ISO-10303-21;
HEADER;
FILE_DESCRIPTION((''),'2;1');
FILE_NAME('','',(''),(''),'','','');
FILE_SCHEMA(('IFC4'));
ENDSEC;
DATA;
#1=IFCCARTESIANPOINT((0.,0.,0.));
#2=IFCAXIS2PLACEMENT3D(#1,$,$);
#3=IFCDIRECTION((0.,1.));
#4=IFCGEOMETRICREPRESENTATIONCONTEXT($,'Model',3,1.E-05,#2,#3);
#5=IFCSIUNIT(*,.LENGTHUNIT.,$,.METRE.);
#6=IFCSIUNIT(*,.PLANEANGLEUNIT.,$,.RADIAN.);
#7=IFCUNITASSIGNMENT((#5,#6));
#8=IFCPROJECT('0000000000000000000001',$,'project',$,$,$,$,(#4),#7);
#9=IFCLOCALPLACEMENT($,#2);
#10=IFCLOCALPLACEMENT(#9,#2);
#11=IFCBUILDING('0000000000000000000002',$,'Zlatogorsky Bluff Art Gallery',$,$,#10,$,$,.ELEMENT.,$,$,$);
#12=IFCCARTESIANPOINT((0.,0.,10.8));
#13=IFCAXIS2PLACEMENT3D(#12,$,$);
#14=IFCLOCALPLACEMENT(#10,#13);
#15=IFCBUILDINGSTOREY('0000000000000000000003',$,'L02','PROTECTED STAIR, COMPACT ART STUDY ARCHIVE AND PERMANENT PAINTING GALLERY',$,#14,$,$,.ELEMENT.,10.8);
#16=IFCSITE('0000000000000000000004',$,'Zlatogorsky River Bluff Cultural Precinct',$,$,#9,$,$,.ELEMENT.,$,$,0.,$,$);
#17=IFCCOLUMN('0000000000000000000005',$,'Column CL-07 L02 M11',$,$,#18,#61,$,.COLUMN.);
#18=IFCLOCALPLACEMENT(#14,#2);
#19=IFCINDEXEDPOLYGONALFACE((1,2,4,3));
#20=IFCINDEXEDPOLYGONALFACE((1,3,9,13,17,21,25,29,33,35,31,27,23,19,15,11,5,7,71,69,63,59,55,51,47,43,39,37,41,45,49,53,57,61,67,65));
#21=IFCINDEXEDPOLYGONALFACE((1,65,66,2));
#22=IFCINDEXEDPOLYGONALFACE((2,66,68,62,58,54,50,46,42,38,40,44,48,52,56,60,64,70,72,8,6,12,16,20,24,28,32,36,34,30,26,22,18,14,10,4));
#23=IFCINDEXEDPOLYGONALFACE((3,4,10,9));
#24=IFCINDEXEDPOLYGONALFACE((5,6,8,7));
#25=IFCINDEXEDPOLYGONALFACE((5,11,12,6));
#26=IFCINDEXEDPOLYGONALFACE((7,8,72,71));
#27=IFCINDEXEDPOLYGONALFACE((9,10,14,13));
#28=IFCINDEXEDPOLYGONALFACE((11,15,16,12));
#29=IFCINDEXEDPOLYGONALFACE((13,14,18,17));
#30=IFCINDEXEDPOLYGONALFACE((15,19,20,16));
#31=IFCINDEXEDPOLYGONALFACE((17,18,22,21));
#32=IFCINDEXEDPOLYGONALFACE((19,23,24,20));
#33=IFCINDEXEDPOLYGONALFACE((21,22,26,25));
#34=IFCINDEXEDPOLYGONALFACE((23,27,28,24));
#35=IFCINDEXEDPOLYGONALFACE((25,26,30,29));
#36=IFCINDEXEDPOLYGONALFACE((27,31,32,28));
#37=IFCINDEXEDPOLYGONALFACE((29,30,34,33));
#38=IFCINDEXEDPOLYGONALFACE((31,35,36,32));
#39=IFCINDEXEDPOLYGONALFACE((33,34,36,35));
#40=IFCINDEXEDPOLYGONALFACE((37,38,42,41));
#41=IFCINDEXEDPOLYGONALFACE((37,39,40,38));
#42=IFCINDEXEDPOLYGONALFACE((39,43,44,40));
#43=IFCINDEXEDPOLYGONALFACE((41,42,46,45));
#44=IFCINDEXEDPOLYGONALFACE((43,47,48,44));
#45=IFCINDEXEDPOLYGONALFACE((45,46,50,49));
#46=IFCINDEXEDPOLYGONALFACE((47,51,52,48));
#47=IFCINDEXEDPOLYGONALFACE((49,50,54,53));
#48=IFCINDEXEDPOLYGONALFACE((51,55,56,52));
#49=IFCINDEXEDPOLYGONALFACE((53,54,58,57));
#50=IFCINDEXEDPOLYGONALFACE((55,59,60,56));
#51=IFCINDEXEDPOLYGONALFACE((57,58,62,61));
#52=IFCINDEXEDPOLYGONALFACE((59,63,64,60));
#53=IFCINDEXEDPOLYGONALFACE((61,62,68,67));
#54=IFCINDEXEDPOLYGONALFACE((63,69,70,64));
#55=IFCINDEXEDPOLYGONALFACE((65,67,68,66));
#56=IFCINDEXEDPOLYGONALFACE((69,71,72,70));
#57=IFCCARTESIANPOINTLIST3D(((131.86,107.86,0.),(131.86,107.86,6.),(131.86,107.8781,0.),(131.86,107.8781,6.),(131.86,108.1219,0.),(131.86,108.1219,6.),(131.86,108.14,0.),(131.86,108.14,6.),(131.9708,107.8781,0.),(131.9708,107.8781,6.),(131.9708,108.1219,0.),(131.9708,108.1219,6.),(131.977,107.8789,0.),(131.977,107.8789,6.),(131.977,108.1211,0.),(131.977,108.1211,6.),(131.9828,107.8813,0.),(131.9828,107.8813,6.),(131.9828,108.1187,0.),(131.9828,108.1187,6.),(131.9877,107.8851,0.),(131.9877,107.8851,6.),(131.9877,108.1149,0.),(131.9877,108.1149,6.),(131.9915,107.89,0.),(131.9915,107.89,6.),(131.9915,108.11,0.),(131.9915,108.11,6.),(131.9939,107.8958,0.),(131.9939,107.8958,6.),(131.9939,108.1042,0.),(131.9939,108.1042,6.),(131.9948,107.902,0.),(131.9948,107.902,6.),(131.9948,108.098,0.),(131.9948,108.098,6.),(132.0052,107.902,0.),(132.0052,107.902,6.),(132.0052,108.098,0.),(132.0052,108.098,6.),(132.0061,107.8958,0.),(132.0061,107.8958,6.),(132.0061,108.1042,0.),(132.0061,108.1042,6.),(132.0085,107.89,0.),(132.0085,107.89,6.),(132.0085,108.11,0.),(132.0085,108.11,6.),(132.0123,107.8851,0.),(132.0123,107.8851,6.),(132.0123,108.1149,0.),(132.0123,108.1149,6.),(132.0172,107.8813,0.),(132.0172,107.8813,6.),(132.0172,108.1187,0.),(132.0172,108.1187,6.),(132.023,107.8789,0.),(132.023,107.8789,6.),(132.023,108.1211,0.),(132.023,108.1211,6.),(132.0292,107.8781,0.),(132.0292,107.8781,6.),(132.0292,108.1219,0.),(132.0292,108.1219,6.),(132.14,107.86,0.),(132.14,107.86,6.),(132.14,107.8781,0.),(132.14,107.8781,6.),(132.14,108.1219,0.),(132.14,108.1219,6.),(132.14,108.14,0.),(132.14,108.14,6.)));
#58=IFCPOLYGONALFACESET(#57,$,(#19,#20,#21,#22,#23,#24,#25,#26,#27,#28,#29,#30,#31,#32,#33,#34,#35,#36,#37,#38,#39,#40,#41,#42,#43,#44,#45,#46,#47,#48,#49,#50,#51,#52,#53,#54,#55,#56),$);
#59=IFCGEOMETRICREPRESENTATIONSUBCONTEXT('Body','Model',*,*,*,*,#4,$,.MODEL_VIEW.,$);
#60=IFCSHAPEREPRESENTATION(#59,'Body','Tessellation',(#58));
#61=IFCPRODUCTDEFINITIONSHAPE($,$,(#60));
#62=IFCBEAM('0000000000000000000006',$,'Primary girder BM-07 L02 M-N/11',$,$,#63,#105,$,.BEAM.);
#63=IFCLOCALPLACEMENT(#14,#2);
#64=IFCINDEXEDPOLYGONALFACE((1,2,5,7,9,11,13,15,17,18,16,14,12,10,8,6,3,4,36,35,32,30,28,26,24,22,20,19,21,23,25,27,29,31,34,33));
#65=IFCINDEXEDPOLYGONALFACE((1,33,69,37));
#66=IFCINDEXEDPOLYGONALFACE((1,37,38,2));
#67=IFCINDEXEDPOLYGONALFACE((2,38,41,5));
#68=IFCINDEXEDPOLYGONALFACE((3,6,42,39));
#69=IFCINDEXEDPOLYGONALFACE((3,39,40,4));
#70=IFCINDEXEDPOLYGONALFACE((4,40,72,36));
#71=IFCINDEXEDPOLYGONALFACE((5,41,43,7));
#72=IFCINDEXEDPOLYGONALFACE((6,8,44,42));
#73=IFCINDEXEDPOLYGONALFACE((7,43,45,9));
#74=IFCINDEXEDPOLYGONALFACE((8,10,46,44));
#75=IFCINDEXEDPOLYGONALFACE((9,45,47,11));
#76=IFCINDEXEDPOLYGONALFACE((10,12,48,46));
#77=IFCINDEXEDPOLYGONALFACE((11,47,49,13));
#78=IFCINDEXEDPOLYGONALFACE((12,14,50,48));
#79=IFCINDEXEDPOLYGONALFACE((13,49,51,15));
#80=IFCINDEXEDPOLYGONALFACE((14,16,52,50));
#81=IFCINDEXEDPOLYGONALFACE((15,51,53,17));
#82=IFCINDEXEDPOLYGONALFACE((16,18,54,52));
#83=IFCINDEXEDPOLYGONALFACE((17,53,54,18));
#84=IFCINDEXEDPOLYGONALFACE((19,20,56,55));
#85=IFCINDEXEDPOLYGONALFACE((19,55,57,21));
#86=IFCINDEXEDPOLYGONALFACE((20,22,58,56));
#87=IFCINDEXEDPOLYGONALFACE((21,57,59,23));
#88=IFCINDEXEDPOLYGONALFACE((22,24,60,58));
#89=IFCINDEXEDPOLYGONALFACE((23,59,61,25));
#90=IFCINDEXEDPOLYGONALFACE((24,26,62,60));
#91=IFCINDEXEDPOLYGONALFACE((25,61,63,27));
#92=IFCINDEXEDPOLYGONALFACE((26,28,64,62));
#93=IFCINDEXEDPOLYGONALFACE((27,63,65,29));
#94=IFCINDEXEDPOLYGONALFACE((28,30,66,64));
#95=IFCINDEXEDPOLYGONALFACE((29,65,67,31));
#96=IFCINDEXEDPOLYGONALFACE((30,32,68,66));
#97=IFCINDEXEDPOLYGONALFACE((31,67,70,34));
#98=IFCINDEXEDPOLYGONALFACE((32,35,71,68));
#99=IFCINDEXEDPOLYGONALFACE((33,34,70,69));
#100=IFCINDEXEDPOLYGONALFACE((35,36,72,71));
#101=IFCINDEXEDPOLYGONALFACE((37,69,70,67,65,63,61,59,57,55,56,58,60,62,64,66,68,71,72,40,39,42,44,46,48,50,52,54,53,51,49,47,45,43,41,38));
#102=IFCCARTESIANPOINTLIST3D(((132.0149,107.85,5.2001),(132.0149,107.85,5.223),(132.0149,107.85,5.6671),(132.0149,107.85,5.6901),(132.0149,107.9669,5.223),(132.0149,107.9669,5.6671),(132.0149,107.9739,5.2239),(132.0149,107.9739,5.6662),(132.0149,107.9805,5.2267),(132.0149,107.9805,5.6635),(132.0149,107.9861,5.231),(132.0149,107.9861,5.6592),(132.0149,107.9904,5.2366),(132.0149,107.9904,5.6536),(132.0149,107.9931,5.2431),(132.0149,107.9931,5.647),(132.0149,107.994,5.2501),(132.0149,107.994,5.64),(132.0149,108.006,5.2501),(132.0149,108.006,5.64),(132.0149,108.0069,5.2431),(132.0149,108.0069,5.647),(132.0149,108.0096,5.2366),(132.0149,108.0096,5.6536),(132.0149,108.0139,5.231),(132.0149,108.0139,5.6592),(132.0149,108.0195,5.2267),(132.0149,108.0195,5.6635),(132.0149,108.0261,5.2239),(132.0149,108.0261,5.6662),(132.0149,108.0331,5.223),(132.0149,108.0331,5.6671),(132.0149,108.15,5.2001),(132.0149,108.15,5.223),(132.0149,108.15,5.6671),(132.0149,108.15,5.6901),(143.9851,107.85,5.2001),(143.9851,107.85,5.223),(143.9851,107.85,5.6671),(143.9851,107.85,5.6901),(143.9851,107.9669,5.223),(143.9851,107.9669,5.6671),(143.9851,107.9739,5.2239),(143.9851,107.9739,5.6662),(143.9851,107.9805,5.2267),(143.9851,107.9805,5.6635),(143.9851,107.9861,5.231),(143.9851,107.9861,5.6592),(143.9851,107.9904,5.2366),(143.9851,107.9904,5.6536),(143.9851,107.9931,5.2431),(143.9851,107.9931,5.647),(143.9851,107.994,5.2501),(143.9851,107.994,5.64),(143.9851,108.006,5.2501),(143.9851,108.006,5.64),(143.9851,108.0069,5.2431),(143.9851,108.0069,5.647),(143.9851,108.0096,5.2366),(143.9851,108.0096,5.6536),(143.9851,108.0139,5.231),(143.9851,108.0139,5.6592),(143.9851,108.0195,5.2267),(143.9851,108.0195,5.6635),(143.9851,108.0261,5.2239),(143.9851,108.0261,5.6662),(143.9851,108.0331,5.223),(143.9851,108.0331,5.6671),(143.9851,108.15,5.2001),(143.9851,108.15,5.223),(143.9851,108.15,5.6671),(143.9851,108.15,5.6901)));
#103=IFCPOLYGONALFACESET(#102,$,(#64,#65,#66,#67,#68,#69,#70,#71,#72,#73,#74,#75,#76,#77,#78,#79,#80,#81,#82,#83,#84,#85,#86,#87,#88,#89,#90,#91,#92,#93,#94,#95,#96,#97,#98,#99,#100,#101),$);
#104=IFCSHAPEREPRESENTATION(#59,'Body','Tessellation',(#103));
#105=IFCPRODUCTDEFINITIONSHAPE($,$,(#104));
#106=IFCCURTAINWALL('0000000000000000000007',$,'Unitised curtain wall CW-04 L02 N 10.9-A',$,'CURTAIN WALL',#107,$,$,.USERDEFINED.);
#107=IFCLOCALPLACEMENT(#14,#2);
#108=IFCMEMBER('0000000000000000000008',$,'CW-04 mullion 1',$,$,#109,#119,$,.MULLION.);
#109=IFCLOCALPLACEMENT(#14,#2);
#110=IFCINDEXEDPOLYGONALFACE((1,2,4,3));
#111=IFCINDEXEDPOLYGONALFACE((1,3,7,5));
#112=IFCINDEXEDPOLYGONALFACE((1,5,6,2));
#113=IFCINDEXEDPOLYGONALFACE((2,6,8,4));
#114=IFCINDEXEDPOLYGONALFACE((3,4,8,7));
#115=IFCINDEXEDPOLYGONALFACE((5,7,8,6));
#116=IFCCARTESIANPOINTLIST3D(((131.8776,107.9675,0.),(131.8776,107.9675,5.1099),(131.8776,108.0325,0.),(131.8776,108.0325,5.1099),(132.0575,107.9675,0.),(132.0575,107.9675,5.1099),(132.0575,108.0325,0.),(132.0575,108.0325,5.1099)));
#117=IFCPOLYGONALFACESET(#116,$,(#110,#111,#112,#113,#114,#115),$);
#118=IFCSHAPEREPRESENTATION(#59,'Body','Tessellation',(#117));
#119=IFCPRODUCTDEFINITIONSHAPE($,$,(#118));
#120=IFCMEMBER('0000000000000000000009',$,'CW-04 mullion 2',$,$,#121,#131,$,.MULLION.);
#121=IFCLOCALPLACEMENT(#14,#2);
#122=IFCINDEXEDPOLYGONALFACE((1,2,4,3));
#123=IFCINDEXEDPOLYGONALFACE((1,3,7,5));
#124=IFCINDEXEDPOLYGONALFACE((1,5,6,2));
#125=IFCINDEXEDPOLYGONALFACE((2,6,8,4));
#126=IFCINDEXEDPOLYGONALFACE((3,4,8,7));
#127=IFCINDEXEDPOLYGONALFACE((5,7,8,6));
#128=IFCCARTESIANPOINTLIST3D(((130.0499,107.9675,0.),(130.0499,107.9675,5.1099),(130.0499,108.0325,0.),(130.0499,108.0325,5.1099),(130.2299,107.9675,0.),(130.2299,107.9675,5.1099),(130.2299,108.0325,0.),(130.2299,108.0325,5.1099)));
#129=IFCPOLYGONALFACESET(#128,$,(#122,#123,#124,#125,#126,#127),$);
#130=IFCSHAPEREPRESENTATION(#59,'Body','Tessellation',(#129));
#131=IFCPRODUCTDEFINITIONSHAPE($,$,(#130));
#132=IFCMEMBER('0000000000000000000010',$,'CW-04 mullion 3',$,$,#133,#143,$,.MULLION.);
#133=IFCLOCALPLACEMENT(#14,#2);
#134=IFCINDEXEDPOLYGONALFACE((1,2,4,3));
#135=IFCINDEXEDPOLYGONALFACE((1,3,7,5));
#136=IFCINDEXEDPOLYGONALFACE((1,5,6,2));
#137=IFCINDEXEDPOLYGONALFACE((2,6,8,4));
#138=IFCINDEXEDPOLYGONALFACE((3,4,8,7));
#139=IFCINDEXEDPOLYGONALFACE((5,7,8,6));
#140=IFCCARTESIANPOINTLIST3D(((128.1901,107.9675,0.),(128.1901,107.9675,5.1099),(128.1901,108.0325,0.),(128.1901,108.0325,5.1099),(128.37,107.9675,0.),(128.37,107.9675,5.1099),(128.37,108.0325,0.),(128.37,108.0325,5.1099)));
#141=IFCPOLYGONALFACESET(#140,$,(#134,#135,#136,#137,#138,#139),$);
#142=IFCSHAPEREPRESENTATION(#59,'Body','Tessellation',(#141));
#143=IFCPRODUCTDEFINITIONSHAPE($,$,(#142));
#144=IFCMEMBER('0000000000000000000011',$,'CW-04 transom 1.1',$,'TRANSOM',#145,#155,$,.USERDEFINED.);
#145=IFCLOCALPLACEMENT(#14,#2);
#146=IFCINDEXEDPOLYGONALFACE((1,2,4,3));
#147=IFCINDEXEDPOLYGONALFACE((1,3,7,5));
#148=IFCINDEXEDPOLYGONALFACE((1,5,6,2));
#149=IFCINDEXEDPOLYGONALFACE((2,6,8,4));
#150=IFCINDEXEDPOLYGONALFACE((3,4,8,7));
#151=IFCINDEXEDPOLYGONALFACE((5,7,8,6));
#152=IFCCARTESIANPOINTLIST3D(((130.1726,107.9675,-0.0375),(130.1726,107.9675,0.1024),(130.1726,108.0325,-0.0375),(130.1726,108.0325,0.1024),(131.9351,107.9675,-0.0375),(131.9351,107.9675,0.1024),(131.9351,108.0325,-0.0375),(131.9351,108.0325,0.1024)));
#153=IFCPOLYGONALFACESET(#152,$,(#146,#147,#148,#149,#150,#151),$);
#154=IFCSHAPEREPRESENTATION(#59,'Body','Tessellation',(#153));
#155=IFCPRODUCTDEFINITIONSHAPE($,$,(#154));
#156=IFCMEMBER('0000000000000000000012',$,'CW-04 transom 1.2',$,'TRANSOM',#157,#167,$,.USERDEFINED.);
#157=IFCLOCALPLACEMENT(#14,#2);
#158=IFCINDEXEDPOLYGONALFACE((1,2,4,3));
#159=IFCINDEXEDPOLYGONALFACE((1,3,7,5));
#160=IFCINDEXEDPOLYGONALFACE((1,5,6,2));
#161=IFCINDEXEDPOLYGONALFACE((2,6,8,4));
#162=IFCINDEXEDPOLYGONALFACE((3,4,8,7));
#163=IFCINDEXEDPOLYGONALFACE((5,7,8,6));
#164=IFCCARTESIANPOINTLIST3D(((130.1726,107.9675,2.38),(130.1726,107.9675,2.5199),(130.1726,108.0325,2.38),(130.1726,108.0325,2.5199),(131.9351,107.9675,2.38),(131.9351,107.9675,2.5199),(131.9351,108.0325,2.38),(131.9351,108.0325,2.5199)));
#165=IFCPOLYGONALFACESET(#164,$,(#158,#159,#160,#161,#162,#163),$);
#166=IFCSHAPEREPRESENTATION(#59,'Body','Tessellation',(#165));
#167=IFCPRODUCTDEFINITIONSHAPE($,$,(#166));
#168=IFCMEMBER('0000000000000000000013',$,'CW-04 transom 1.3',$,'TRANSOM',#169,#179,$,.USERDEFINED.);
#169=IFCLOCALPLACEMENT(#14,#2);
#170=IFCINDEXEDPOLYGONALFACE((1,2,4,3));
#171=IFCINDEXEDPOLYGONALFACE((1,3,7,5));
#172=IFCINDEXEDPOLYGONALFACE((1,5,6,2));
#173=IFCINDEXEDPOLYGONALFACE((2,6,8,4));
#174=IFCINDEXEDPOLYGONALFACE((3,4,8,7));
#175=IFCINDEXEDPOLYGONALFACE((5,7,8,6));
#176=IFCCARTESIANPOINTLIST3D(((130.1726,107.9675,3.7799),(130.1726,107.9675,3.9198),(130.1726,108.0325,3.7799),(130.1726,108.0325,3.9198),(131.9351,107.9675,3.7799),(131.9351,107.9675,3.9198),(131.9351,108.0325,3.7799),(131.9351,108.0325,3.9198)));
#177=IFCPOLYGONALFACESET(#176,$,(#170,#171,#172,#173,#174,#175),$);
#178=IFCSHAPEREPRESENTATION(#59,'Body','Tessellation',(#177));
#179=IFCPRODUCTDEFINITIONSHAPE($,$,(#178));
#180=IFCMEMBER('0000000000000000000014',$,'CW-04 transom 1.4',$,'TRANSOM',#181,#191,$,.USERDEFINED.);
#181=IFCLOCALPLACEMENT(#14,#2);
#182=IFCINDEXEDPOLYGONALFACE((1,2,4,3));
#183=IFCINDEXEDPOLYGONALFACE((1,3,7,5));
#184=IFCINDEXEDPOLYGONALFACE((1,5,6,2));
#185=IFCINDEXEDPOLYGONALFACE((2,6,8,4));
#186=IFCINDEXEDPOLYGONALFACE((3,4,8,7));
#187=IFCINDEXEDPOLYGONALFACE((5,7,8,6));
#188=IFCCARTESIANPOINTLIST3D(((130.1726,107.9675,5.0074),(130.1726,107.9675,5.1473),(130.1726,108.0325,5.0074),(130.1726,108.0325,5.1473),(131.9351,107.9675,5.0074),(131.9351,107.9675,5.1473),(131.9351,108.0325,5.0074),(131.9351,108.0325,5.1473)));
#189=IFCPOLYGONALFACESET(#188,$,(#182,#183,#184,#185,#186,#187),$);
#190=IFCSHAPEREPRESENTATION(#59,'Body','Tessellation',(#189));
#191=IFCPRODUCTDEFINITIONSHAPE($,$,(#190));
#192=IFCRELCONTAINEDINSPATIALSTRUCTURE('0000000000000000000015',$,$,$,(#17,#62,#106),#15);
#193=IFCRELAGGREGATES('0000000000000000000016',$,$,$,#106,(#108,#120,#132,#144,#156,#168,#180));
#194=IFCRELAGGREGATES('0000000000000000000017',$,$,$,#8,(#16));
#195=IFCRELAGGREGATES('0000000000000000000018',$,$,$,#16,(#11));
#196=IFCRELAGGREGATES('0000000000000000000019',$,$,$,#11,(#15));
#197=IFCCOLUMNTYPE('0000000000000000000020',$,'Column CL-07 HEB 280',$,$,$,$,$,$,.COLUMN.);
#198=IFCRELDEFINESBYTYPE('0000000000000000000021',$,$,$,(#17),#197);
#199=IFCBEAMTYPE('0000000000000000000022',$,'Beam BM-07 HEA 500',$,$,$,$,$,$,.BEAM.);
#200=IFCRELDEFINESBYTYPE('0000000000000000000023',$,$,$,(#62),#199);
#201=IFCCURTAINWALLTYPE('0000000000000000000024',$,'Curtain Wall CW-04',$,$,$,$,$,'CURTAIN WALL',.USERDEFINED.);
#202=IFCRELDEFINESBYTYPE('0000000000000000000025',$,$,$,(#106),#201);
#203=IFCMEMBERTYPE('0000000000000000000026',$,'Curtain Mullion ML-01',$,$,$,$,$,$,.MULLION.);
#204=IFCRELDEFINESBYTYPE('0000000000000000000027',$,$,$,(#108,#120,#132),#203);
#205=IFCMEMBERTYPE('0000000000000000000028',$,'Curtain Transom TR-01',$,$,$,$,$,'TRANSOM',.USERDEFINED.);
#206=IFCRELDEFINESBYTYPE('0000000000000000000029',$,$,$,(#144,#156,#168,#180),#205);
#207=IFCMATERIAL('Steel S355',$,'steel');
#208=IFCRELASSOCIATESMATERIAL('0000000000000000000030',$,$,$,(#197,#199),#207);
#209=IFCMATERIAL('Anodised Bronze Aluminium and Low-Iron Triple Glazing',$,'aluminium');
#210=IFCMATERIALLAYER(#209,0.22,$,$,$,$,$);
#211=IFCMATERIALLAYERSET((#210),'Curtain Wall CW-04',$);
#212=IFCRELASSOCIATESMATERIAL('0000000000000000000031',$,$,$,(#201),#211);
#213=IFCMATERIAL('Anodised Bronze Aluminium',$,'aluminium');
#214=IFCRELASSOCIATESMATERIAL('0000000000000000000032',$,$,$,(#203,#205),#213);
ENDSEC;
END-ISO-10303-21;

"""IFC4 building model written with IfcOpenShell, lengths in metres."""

from ifc_helpers import new_model, si_unit, direction, frame, origin, origin_2d, place, context, subcontext, project, spatial, rectangle, i_section, extrude, material, layer, layer_set, material_profile, profile_set, type_object, element, aggregate, save


model = new_model("IFC4")

# Units and contexts
model_context = context("Model", 3, precision=1e-05, world=origin(), true_north=direction((0.0, 1.0)))
body_context = subcontext(model_context, "Body", "Model", "MODEL_VIEW")
ifc_project = project(units=[si_unit("LENGTHUNIT", "METRE"), si_unit("PLANEANGLEUNIT", "RADIAN")], contexts=[model_context])

# Site, building, storey
site_placement = place(None, origin())
site = spatial("IfcSite", under=ifc_project, at=site_placement, Name="Zlatogorsky River Bluff Cultural Precinct", CompositionType="ELEMENT", RefElevation=0.0)
building_placement = place(site_placement, origin())
building = spatial("IfcBuilding", under=site, at=building_placement, Name="Zlatogorsky Bluff Art Gallery", CompositionType="ELEMENT")
storey_placement = place(building_placement, frame((0.0, 0.0, 10.8)))
storey = spatial("IfcBuildingStorey", under=building, at=storey_placement, Name="L02", Description="PROTECTED STAIR, COMPACT ART STUDY ARCHIVE AND PERMANENT PAINTING GALLERY", CompositionType="ELEMENT", Elevation=10.8)

# Column
ifc_material_1 = material(Name="Steel S355", Category="steel")
ifc_material_profile_1 = material_profile(ifc_material_1, i_section(OverallWidth=0.28, OverallDepth=0.28, WebThickness=0.0105, FlangeThickness=0.0181, FilletRadius=0.0239, at=origin_2d()), Name="HEB 280")
ifc_profile_set_1 = profile_set([ifc_material_profile_1], Name="Steel S355")
column_type = type_object("IfcColumnType", Name="Column CL-07 HEB 280", PredefinedType="COLUMN", material=ifc_profile_set_1)
column_placement = place(storey_placement, frame((132.0, 108.0, 0.0), z_axis=(0.0, 0.0, 1.0), x_axis=(1.0, 0.0, 0.0)))
element("IfcColumn", 1, at=column_placement, inside=storey, type_object=column_type, Name="Column CL-07 L02 M11", PredefinedType="COLUMN", context=body_context, shape_type="SweptSolid", body=[
    extrude(i_section(OverallWidth=0.28, OverallDepth=0.28, WebThickness=0.0105, FlangeThickness=0.0181, FilletRadius=0.0239, at=origin_2d()), origin(), (0.0, 0.0, 1.0), 6.0),
])

# Beam
ifc_material_profile_2 = material_profile(ifc_material_1, i_section(OverallWidth=0.3, OverallDepth=0.49, WebThickness=0.012, FlangeThickness=0.0229, FilletRadius=0.0271, at=origin_2d()), Name="HEA 500")
ifc_profile_set_2 = profile_set([ifc_material_profile_2], Name="Steel S355")
beam_type = type_object("IfcBeamType", Name="Beam BM-07 HEA 500", PredefinedType="BEAM", material=ifc_profile_set_2)
beam_placement = place(storey_placement, frame((132.0149, 108.0, 5.4451), z_axis=(1.0, 0.0, 0.0), x_axis=(0.0, 1.0, 0.0)))
element("IfcBeam", 2, at=beam_placement, inside=storey, type_object=beam_type, Name="Primary girder BM-07 L02 M-N/11", PredefinedType="BEAM", context=body_context, shape_type="SweptSolid", body=[
    extrude(i_section(OverallWidth=0.3, OverallDepth=0.49, WebThickness=0.012, FlangeThickness=0.0229, FilletRadius=0.0271, at=origin_2d()), origin(), (0.0, 0.0, 1.0), 11.9702),
])

# Curtain wall, members
ifc_material_2 = material(Name="Anodised Bronze Aluminium and Low-Iron Triple Glazing", Category="aluminium")
ifc_layer_1 = layer(ifc_material_2, 0.22)
ifc_layer_set_1 = layer_set([ifc_layer_1], Name="Curtain Wall CW-04")
curtain_wall_type = type_object("IfcCurtainWallType", Name="Curtain Wall CW-04", ElementType="CURTAIN WALL", PredefinedType="USERDEFINED", material=ifc_layer_set_1)
curtain_wall_placement = place(storey_placement, origin())
curtain_wall = element("IfcCurtainWall", 3, at=curtain_wall_placement, inside=storey, type_object=curtain_wall_type, Name="Unitised curtain wall CW-04 L02 N 10.9-A", ObjectType="CURTAIN WALL", PredefinedType="USERDEFINED")
ifc_material_3 = material(Name="Anodised Bronze Aluminium", Category="aluminium")
ifc_material_profile_3 = material_profile(ifc_material_3, rectangle(XDim=0.0649, YDim=0.1799, at=origin_2d()), Name="ALU MULLION 65x180")
ifc_profile_set_3 = profile_set([ifc_material_profile_3], Name="Anodised Bronze Aluminium")
member_type_1 = type_object("IfcMemberType", Name="Curtain Mullion ML-01", PredefinedType="MULLION", material=ifc_profile_set_3)
member_1_placement = place(storey_placement, frame((131.9675, 108.0, 0.0), z_axis=(0.0, 0.0, 1.0), x_axis=(0.0, -1.0, 0.0)))
member_1 = element("IfcMember", 4, at=member_1_placement, type_object=member_type_1, Name="CW-04 mullion 1", PredefinedType="MULLION", context=body_context, shape_type="SweptSolid", body=[
    extrude(rectangle(XDim=0.0649, YDim=0.1799, at=origin_2d()), origin(), (0.0, 0.0, 1.0), 5.1099),
])
member_2_placement = place(storey_placement, frame((130.1399, 108.0, 0.0), z_axis=(0.0, 0.0, 1.0), x_axis=(0.0, -1.0, 0.0)))
member_2 = element("IfcMember", 5, at=member_2_placement, type_object=member_type_1, Name="CW-04 mullion 2", PredefinedType="MULLION", context=body_context, shape_type="SweptSolid", body=[
    extrude(rectangle(XDim=0.0649, YDim=0.1799, at=origin_2d()), origin(), (0.0, 0.0, 1.0), 5.1099),
])
member_3_placement = place(storey_placement, frame((128.28, 108.0, 0.0), z_axis=(0.0, 0.0, 1.0), x_axis=(0.0, -1.0, 0.0)))
member_3 = element("IfcMember", 6, at=member_3_placement, type_object=member_type_1, Name="CW-04 mullion 3", PredefinedType="MULLION", context=body_context, shape_type="SweptSolid", body=[
    extrude(rectangle(XDim=0.0649, YDim=0.1799, at=origin_2d()), origin(), (0.0, 0.0, 1.0), 5.1099),
])
ifc_material_profile_4 = material_profile(ifc_material_3, rectangle(XDim=0.0649, YDim=0.1399, at=origin_2d()), Name="ALU TRANSOM 65x140")
ifc_profile_set_4 = profile_set([ifc_material_profile_4], Name="Anodised Bronze Aluminium")
member_type_2 = type_object("IfcMemberType", Name="Curtain Transom TR-01", ElementType="TRANSOM", PredefinedType="USERDEFINED", material=ifc_profile_set_4)
member_4_placement = place(storey_placement, frame((131.9351, 108.0, 0.0325), z_axis=(-1.0, 0.0, 0.0), x_axis=(0.0, -1.0, 0.0)))
member_4 = element("IfcMember", 7, at=member_4_placement, type_object=member_type_2, Name="CW-04 transom 1.1", ObjectType="TRANSOM", PredefinedType="USERDEFINED", context=body_context, shape_type="SweptSolid", body=[
    extrude(rectangle(XDim=0.0649, YDim=0.1399, at=origin_2d()), origin(), (0.0, 0.0, 1.0), 1.7625),
])
member_5_placement = place(storey_placement, frame((131.9351, 108.0, 2.45), z_axis=(-1.0, 0.0, 0.0), x_axis=(0.0, -1.0, 0.0)))
member_5 = element("IfcMember", 8, at=member_5_placement, type_object=member_type_2, Name="CW-04 transom 1.2", ObjectType="TRANSOM", PredefinedType="USERDEFINED", context=body_context, shape_type="SweptSolid", body=[
    extrude(rectangle(XDim=0.0649, YDim=0.1399, at=origin_2d()), origin(), (0.0, 0.0, 1.0), 1.7625),
])
member_6_placement = place(storey_placement, frame((131.9351, 108.0, 3.8499), z_axis=(-1.0, 0.0, 0.0), x_axis=(0.0, -1.0, 0.0)))
member_6 = element("IfcMember", 9, at=member_6_placement, type_object=member_type_2, Name="CW-04 transom 1.3", ObjectType="TRANSOM", PredefinedType="USERDEFINED", context=body_context, shape_type="SweptSolid", body=[
    extrude(rectangle(XDim=0.0649, YDim=0.1399, at=origin_2d()), origin(), (0.0, 0.0, 1.0), 1.7625),
])
member_7_placement = place(storey_placement, frame((131.9351, 108.0, 5.0774), z_axis=(-1.0, 0.0, 0.0), x_axis=(0.0, -1.0, 0.0)))
member_7 = element("IfcMember", 10, at=member_7_placement, type_object=member_type_2, Name="CW-04 transom 1.4", ObjectType="TRANSOM", PredefinedType="USERDEFINED", context=body_context, shape_type="SweptSolid", body=[
    extrude(rectangle(XDim=0.0649, YDim=0.1399, at=origin_2d()), origin(), (0.0, 0.0, 1.0), 1.7625),
])
aggregate(curtain_wall, [member_1, member_2, member_3, member_4, member_5, member_6, member_7])

save(model, "model.ifc")
